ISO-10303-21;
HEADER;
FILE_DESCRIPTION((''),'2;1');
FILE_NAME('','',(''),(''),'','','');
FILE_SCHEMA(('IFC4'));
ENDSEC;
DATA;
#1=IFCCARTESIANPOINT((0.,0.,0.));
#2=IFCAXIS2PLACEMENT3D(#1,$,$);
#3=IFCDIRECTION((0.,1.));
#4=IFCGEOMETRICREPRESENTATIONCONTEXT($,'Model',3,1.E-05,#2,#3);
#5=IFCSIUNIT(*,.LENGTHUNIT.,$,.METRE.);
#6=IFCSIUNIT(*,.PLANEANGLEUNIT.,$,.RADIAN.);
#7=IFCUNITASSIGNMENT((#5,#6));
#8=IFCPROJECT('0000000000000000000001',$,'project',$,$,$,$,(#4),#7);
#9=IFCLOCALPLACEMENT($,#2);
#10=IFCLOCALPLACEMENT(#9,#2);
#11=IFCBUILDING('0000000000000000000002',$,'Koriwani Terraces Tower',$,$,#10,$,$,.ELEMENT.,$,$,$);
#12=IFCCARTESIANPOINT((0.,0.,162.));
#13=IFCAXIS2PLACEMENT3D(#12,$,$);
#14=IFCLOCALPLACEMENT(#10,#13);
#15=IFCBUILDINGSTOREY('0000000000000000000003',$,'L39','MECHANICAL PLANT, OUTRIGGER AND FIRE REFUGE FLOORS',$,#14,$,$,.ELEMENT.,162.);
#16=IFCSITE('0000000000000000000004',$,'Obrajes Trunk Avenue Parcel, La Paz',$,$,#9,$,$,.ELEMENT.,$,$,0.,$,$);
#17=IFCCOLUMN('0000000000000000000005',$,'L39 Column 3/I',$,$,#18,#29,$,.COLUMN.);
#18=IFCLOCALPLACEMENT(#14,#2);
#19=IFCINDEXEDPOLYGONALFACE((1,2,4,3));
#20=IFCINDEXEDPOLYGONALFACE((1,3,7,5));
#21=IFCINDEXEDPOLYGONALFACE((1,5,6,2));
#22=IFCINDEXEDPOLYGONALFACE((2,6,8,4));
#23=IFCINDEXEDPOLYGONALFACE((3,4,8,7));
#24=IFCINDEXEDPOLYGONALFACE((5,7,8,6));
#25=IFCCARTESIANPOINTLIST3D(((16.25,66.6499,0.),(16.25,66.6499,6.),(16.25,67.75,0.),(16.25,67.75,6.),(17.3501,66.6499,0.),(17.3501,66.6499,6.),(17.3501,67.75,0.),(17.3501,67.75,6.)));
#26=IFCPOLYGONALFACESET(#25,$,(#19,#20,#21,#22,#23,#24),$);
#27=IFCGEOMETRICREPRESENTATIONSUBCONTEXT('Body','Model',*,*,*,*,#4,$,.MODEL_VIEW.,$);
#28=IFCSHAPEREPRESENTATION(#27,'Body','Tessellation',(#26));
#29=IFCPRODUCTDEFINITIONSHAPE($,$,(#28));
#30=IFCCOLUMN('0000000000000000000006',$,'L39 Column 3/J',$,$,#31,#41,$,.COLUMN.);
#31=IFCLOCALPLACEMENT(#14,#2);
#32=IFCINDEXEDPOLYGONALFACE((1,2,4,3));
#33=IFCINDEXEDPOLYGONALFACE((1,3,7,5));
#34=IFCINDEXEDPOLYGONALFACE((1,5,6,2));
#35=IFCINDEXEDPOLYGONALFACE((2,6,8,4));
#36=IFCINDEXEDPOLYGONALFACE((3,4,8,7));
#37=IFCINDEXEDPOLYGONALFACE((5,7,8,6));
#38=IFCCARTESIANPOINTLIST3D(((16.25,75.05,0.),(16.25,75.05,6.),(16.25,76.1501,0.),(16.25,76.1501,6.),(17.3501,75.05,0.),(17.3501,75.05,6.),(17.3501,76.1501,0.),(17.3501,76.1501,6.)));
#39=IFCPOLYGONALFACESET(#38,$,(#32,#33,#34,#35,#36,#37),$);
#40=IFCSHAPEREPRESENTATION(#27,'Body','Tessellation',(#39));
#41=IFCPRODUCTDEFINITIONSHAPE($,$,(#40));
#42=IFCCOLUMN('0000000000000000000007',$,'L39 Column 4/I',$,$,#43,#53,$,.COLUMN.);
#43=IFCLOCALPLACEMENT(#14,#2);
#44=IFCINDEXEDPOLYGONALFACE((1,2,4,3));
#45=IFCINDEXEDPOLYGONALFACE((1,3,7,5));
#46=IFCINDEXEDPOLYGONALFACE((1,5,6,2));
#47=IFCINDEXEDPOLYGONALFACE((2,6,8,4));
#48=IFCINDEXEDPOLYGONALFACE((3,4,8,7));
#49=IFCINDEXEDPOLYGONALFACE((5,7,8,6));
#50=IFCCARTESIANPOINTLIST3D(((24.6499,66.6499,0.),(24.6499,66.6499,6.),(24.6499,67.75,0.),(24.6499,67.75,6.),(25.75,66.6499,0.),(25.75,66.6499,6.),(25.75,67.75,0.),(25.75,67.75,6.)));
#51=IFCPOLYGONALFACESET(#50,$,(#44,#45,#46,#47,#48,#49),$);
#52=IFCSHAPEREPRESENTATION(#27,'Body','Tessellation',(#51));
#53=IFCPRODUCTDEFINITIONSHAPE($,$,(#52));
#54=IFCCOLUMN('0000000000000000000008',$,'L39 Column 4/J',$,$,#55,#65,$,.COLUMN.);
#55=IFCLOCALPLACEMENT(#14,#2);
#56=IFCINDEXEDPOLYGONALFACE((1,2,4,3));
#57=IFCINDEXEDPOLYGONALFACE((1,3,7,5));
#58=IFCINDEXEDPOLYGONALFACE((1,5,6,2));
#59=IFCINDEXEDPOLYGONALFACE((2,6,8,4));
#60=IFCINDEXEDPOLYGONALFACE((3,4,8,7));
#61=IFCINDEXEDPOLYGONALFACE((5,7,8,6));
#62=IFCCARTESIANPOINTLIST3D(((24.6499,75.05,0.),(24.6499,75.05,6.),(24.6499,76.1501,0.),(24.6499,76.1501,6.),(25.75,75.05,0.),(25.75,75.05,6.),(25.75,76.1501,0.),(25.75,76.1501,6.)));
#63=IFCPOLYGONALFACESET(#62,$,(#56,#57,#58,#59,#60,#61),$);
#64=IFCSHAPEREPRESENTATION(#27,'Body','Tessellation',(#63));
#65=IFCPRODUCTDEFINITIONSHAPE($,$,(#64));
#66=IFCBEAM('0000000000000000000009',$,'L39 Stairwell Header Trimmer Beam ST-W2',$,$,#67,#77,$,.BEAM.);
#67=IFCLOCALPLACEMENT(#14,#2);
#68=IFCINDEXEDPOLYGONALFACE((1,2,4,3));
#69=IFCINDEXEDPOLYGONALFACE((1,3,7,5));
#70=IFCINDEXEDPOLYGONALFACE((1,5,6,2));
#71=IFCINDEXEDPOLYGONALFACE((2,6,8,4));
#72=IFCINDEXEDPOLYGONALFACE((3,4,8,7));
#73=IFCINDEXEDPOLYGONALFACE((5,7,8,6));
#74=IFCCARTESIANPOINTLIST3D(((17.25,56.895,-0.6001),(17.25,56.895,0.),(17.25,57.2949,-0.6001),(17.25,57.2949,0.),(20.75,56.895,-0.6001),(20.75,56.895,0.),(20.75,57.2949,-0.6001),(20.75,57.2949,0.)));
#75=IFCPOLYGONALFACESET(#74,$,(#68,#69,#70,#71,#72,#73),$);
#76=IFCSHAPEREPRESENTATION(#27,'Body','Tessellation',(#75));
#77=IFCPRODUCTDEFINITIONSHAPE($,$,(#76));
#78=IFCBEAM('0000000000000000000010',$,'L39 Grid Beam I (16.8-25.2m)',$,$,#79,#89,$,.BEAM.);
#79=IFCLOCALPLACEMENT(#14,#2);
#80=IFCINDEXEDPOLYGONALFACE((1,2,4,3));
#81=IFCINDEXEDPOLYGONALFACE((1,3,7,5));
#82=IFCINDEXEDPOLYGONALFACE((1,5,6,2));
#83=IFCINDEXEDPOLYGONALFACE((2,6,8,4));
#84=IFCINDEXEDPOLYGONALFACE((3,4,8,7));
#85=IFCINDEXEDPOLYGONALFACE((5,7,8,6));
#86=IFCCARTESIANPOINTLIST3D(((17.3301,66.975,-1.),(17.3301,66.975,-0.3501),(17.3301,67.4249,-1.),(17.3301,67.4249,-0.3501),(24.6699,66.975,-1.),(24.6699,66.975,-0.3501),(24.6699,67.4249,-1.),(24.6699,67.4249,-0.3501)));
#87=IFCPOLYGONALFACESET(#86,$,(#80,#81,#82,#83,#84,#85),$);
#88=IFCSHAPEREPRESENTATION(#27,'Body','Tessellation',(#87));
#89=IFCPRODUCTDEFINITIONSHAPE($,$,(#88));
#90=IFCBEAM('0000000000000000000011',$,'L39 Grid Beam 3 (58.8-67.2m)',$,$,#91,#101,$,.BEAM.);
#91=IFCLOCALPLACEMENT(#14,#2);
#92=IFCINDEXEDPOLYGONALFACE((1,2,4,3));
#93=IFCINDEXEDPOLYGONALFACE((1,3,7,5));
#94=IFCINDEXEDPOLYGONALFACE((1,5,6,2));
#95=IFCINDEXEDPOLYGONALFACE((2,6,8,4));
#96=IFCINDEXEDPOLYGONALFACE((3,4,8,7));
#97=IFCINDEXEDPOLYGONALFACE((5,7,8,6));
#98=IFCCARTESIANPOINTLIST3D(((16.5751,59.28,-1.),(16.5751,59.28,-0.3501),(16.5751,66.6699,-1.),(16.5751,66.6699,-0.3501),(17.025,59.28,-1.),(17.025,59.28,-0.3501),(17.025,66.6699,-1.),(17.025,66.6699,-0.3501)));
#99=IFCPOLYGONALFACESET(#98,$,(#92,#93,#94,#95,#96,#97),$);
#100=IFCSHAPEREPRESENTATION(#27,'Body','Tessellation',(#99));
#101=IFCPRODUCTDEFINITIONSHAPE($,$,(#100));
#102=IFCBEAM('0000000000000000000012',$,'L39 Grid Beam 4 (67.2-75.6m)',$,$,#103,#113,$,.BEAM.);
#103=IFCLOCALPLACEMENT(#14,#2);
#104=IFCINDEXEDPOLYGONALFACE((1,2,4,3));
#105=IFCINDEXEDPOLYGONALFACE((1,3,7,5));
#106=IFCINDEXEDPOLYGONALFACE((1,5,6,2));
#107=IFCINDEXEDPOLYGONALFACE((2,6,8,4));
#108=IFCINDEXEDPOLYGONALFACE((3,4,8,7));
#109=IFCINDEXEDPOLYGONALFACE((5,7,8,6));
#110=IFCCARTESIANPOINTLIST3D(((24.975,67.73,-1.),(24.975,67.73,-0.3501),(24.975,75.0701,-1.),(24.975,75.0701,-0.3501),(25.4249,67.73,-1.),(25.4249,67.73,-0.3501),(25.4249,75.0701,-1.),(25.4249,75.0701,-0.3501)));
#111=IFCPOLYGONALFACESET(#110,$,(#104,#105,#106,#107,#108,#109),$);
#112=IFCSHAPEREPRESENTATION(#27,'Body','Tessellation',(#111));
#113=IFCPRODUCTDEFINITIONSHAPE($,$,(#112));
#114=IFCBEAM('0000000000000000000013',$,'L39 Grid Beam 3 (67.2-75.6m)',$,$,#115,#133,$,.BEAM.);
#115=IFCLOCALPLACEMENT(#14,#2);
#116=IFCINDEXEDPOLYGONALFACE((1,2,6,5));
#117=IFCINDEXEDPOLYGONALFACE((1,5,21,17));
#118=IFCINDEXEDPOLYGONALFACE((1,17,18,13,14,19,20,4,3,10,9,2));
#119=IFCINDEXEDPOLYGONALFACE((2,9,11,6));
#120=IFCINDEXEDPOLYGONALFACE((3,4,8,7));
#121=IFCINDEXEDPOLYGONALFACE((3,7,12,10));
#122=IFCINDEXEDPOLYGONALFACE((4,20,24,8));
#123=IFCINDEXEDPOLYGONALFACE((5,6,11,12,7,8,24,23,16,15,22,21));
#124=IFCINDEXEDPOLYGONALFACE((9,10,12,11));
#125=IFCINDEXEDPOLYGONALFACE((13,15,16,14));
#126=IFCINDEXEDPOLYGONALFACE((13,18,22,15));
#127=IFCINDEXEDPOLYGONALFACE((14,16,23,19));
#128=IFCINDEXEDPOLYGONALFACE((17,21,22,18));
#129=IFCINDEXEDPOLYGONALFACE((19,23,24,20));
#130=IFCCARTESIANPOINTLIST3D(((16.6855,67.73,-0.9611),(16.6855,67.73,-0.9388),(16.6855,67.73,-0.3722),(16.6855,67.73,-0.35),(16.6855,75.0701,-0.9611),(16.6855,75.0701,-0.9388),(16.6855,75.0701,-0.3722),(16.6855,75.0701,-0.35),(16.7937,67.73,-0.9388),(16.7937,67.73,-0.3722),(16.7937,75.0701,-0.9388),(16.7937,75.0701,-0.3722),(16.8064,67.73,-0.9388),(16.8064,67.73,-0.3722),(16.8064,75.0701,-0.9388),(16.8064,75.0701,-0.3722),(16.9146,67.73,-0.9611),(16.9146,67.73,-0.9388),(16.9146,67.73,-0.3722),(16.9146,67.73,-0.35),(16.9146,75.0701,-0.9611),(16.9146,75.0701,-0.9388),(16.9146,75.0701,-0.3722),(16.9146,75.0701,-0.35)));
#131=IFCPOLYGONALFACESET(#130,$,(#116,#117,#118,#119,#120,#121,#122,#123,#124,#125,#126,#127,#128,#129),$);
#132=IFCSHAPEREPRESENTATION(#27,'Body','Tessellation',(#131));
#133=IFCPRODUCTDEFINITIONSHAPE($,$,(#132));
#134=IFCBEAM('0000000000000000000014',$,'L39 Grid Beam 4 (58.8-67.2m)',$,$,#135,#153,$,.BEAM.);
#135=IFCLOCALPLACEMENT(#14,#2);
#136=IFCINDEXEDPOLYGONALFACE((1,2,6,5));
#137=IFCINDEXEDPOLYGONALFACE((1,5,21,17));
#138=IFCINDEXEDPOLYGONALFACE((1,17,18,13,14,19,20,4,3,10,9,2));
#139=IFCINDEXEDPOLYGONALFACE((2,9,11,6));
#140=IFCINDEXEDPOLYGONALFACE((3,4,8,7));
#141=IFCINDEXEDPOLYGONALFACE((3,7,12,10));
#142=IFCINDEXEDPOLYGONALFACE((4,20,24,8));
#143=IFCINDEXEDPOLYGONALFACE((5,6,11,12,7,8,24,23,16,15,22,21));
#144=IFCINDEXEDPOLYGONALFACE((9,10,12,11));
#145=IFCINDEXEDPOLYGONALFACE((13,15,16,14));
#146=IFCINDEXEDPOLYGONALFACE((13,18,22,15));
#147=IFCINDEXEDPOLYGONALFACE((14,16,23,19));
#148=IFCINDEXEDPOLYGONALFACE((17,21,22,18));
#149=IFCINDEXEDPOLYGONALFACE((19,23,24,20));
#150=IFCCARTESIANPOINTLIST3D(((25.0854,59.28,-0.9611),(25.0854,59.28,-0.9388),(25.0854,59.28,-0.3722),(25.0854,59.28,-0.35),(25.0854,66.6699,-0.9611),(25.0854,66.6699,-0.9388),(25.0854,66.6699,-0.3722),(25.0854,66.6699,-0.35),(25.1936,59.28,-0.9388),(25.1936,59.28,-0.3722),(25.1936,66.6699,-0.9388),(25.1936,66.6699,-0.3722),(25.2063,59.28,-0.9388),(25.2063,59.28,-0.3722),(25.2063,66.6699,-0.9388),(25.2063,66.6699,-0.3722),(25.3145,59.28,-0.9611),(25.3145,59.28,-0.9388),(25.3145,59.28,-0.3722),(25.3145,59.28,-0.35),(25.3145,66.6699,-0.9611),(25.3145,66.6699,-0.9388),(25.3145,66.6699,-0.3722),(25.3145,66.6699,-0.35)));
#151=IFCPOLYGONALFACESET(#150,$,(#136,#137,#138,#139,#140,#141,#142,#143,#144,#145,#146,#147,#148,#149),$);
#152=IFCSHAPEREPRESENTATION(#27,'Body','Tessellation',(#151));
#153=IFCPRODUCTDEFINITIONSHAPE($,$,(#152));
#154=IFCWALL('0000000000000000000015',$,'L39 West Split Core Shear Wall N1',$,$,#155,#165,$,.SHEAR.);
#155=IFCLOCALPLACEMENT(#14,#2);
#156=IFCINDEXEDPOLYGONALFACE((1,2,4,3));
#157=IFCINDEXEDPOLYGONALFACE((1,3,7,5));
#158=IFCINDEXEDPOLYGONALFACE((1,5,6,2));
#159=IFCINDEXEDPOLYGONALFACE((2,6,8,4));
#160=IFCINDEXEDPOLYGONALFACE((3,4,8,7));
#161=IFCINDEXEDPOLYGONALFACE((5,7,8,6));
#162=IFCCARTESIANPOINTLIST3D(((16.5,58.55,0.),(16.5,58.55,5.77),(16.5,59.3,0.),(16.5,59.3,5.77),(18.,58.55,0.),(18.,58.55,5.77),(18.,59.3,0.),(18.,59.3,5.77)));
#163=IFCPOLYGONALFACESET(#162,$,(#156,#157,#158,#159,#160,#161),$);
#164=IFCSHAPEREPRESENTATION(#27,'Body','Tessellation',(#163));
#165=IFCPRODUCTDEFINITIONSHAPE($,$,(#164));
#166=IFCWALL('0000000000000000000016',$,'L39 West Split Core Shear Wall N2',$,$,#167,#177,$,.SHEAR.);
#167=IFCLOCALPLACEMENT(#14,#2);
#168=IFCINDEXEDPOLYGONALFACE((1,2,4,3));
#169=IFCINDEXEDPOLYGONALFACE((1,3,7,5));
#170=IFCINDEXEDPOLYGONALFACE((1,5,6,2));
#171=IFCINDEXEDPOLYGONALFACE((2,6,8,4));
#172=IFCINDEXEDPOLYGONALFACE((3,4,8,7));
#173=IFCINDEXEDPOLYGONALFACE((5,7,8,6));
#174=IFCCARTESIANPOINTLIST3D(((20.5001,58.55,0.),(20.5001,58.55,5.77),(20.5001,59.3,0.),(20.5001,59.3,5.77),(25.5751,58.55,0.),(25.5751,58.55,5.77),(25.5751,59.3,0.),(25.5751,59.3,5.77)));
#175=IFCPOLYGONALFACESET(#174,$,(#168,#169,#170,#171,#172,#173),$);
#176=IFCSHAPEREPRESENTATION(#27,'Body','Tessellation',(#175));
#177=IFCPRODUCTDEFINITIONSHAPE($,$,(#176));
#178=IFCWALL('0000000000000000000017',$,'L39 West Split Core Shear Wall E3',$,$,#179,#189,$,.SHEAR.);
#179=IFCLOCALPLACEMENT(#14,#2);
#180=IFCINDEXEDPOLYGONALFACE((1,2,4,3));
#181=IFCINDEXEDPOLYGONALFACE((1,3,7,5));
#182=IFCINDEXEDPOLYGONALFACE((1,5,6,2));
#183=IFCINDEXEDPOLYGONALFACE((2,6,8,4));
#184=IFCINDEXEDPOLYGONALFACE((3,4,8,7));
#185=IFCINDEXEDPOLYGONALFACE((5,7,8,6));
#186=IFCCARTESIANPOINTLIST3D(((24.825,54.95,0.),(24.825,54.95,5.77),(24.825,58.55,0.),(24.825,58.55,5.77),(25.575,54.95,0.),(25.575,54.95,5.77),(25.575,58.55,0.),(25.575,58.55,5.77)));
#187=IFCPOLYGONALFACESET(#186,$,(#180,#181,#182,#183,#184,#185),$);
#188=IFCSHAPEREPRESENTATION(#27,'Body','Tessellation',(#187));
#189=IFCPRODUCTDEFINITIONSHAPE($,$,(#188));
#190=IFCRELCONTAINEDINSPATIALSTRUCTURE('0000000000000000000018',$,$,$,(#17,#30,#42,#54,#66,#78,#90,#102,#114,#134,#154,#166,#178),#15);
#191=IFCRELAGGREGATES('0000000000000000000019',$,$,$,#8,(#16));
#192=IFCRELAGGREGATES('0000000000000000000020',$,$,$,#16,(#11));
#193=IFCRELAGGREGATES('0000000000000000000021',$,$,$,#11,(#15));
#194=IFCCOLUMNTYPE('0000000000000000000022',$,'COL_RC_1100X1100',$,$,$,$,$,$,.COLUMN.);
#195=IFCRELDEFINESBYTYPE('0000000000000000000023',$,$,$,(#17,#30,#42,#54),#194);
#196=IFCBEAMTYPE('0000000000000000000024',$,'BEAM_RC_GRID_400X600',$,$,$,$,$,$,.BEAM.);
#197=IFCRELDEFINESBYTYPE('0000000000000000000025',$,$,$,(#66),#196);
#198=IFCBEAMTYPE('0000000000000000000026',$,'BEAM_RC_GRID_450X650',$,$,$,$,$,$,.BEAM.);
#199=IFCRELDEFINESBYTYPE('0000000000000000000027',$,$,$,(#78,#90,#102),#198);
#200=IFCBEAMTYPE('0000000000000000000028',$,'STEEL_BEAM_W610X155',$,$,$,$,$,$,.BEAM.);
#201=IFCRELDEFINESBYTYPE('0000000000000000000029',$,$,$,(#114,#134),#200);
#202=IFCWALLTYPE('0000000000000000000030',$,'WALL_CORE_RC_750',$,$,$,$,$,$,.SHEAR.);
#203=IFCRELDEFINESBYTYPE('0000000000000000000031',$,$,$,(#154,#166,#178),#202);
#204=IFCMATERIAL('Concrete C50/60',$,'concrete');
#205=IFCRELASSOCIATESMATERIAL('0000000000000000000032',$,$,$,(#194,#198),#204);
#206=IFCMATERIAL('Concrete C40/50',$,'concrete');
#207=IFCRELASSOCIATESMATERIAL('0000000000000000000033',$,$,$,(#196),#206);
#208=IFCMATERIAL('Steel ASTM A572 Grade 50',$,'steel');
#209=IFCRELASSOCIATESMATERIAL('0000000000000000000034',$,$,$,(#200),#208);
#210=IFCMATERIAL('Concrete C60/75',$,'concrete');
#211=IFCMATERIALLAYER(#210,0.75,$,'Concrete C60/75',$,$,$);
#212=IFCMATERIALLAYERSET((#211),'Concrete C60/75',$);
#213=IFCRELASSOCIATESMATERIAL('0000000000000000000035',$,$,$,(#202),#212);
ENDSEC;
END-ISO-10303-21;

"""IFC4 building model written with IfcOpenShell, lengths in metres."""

from ifc_helpers import new_model, si_unit, direction, frame, frame_2d, origin, origin_2d, place, context, subcontext, project, spatial, rectangle, i_section, extrude, material, layer, layer_set, material_profile, profile_set, type_object, element, save


model = new_model("IFC4")

# Units and contexts
model_context = context("Model", 3, precision=1e-05, world=origin(), true_north=direction((0.0, 1.0)))
body_context = subcontext(model_context, "Body", "Model", "MODEL_VIEW")
ifc_project = project(units=[si_unit("LENGTHUNIT", "METRE"), si_unit("PLANEANGLEUNIT", "RADIAN")], contexts=[model_context])

# Site, building, storey
site_placement = place(None, origin())
site = spatial("IfcSite", under=ifc_project, at=site_placement, Name="Obrajes Trunk Avenue Parcel, La Paz", CompositionType="ELEMENT", RefElevation=0.0)
building_placement = place(site_placement, origin())
building = spatial("IfcBuilding", under=site, at=building_placement, Name="Koriwani Terraces Tower", CompositionType="ELEMENT")
storey_placement = place(building_placement, frame((0.0, 0.0, 162.0)))
storey = spatial("IfcBuildingStorey", under=building, at=storey_placement, Name="L39", Description="MECHANICAL PLANT, OUTRIGGER AND FIRE REFUGE FLOORS", CompositionType="ELEMENT", Elevation=162.0)

# Columns
ifc_material_1 = material(Name="Concrete C50/60", Category="concrete")
ifc_material_profile_1 = material_profile(ifc_material_1, rectangle(XDim=1.1001, YDim=1.1001, at=origin_2d()), Name="Concrete C50/60", Category="LoadBearing")
ifc_profile_set_1 = profile_set([ifc_material_profile_1], Name="Concrete C50/60")
column_type = type_object("IfcColumnType", Name="COL_RC_1100X1100", PredefinedType="COLUMN", material=ifc_profile_set_1)
for number, where, z_axis, x_axis, name in (
    (1, (16.8, 67.2, 0.0), (0.0, 0.0, 1.0), (1.0, 0.0, 0.0), "L39 Column 3/I"),
    (2, (16.8, 75.6001, 0.0), (0.0, 0.0, 1.0), (1.0, 0.0, 0.0), "L39 Column 3/J"),
    (3, (25.2, 67.2, 0.0), (0.0, 0.0, 1.0), (1.0, 0.0, 0.0), "L39 Column 4/I"),
    (4, (25.2, 75.6001, 0.0), (0.0, 0.0, 1.0), (1.0, 0.0, 0.0), "L39 Column 4/J"),
):
    element("IfcColumn", number, at=place(storey_placement, frame(where, z_axis=z_axis, x_axis=x_axis)), inside=storey, type_object=column_type, Name=name, PredefinedType="COLUMN", context=body_context, shape_type="SweptSolid", body=[
        extrude(rectangle(XDim=1.1001, YDim=1.1001, at=origin_2d()), origin(), (0.0, 0.0, 1.0), 6.0),
    ])

# Beams
ifc_material_2 = material(Name="Concrete C40/50", Category="concrete")
ifc_material_profile_2 = material_profile(ifc_material_2, rectangle(XDim=0.3999, YDim=0.6001, at=origin_2d()), Name="Concrete C40/50", Category="LoadBearing")
ifc_profile_set_2 = profile_set([ifc_material_profile_2], Name="Concrete C40/50")
beam_type_1 = type_object("IfcBeamType", Name="BEAM_RC_GRID_400X600", PredefinedType="BEAM", material=ifc_profile_set_2)
beam_1_placement = place(storey_placement, frame((17.25, 57.095, -0.3), z_axis=(1.0, 0.0, 0.0), x_axis=(0.0, 1.0, 0.0)))
element("IfcBeam", 5, at=beam_1_placement, inside=storey, type_object=beam_type_1, Name="L39 Stairwell Header Trimmer Beam ST-W2", PredefinedType="BEAM", context=body_context, shape_type="SweptSolid", body=[
    extrude(rectangle(XDim=0.3999, YDim=0.6001, at=origin_2d()), origin(), (0.0, 0.0, 1.0), 3.5),
])
ifc_material_profile_3 = material_profile(ifc_material_1, rectangle(XDim=0.45, YDim=0.6499, at=origin_2d()), Name="Concrete C50/60", Category="LoadBearing")
ifc_profile_set_3 = profile_set([ifc_material_profile_3], Name="Concrete C50/60")
beam_type_2 = type_object("IfcBeamType", Name="BEAM_RC_GRID_450X650", PredefinedType="BEAM", material=ifc_profile_set_3)
beam_2_placement = place(storey_placement, frame((17.3301, 67.2, -0.675), z_axis=(1.0, 0.0, 0.0), x_axis=(0.0, 1.0, 0.0)))
element("IfcBeam", 6, at=beam_2_placement, inside=storey, type_object=beam_type_2, Name="L39 Grid Beam I (16.8-25.2m)", PredefinedType="BEAM", context=body_context, shape_type="SweptSolid", body=[
    extrude(rectangle(XDim=0.45, YDim=0.6499, at=origin_2d()), origin(), (0.0, 0.0, 1.0), 7.3398),
])
beam_3_placement = place(storey_placement, frame((16.8, 59.28, -0.675), z_axis=(0.0, 1.0, 0.0), x_axis=(-1.0, 0.0, 0.0)))
element("IfcBeam", 7, at=beam_3_placement, inside=storey, type_object=beam_type_2, Name="L39 Grid Beam 3 (58.8-67.2m)", PredefinedType="BEAM", context=body_context, shape_type="SweptSolid", body=[
    extrude(rectangle(XDim=0.45, YDim=0.6499, at=origin_2d()), origin(), (0.0, 0.0, 1.0), 7.3899),
])
beam_4_placement = place(storey_placement, frame((25.2, 67.73, -0.675), z_axis=(0.0, 1.0, 0.0), x_axis=(-1.0, 0.0, 0.0)))
element("IfcBeam", 8, at=beam_4_placement, inside=storey, type_object=beam_type_2, Name="L39 Grid Beam 4 (67.2-75.6m)", PredefinedType="BEAM", context=body_context, shape_type="SweptSolid", body=[
    extrude(rectangle(XDim=0.45, YDim=0.6499, at=origin_2d()), origin(), (0.0, 0.0, 1.0), 7.3401),
])
ifc_material_3 = material(Name="Steel ASTM A572 Grade 50", Category="steel")
ifc_material_profile_4 = material_profile(ifc_material_3, i_section(OverallWidth=0.229, OverallDepth=0.6111, WebThickness=0.0127, FlangeThickness=0.0222, at=origin_2d()), Name="Steel ASTM A572 Grade 50", Category="LoadBearing")
ifc_profile_set_4 = profile_set([ifc_material_profile_4], Name="Steel ASTM A572 Grade 50")
beam_type_3 = type_object("IfcBeamType", Name="STEEL_BEAM_W610X155", PredefinedType="BEAM", material=ifc_profile_set_4)
beam_5_placement = place(storey_placement, frame((16.8, 67.73, -0.6555), z_axis=(0.0, 1.0, 0.0), x_axis=(-1.0, 0.0, 0.0)))
element("IfcBeam", 9, at=beam_5_placement, inside=storey, type_object=beam_type_3, Name="L39 Grid Beam 3 (67.2-75.6m)", PredefinedType="BEAM", context=body_context, shape_type="SweptSolid", body=[
    extrude(i_section(OverallWidth=0.229, OverallDepth=0.6111, WebThickness=0.0127, FlangeThickness=0.0222, at=origin_2d()), origin(), (0.0, 0.0, 1.0), 7.3401),
])
beam_6_placement = place(storey_placement, frame((25.2, 59.28, -0.6555), z_axis=(0.0, 1.0, 0.0), x_axis=(-1.0, 0.0, 0.0)))
element("IfcBeam", 10, at=beam_6_placement, inside=storey, type_object=beam_type_3, Name="L39 Grid Beam 4 (58.8-67.2m)", PredefinedType="BEAM", context=body_context, shape_type="SweptSolid", body=[
    extrude(i_section(OverallWidth=0.229, OverallDepth=0.6111, WebThickness=0.0127, FlangeThickness=0.0222, at=origin_2d()), origin(), (0.0, 0.0, 1.0), 7.3899),
])

# Walls
ifc_material_4 = material(Name="Concrete C60/75", Category="concrete")
ifc_layer_1 = layer(ifc_material_4, 0.75, Name="Concrete C60/75")
ifc_layer_set_1 = layer_set([ifc_layer_1], Name="Concrete C60/75")
wall_type_1 = type_object("IfcWallType", Name="WALL_CORE_RC_750", PredefinedType="SHEAR", material=ifc_layer_set_1)
wall_1_placement = place(storey_placement, frame((16.5, 58.925, 0.0), z_axis=(0.0, 0.0, 1.0), x_axis=(1.0, 0.0, 0.0)))
element("IfcWall", 11, at=wall_1_placement, inside=storey, type_object=wall_type_1, Name="L39 West Split Core Shear Wall N1", PredefinedType="SHEAR", context=body_context, shape_type="SweptSolid", body=[
    extrude(rectangle(XDim=1.5, YDim=0.75, at=frame_2d((0.75, 0.0))), origin(), (0.0, 0.0, 1.0), 5.77),
])
wall_2_placement = place(storey_placement, frame((20.5, 58.925, 0.0), z_axis=(0.0, 0.0, 1.0), x_axis=(1.0, 0.0, 0.0)))
element("IfcWall", 12, at=wall_2_placement, inside=storey, type_object=wall_type_1, Name="L39 West Split Core Shear Wall N2", PredefinedType="SHEAR", context=body_context, shape_type="SweptSolid", body=[
    extrude(rectangle(XDim=5.075, YDim=0.75, at=frame_2d((2.5376, 0.0))), origin(), (0.0, 0.0, 1.0), 5.77),
])
wall_3_placement = place(storey_placement, frame((25.2, 54.95, 0.0), z_axis=(0.0, 0.0, 1.0), x_axis=(0.0, 1.0, 0.0)))
element("IfcWall", 13, at=wall_3_placement, inside=storey, type_object=wall_type_1, Name="L39 West Split Core Shear Wall E3", PredefinedType="SHEAR", context=body_context, shape_type="SweptSolid", body=[
    extrude(rectangle(XDim=3.6001, YDim=0.75, at=frame_2d((1.8, 0.0))), origin(), (0.0, 0.0, 1.0), 5.77),
])

save(model, "model.ifc")
